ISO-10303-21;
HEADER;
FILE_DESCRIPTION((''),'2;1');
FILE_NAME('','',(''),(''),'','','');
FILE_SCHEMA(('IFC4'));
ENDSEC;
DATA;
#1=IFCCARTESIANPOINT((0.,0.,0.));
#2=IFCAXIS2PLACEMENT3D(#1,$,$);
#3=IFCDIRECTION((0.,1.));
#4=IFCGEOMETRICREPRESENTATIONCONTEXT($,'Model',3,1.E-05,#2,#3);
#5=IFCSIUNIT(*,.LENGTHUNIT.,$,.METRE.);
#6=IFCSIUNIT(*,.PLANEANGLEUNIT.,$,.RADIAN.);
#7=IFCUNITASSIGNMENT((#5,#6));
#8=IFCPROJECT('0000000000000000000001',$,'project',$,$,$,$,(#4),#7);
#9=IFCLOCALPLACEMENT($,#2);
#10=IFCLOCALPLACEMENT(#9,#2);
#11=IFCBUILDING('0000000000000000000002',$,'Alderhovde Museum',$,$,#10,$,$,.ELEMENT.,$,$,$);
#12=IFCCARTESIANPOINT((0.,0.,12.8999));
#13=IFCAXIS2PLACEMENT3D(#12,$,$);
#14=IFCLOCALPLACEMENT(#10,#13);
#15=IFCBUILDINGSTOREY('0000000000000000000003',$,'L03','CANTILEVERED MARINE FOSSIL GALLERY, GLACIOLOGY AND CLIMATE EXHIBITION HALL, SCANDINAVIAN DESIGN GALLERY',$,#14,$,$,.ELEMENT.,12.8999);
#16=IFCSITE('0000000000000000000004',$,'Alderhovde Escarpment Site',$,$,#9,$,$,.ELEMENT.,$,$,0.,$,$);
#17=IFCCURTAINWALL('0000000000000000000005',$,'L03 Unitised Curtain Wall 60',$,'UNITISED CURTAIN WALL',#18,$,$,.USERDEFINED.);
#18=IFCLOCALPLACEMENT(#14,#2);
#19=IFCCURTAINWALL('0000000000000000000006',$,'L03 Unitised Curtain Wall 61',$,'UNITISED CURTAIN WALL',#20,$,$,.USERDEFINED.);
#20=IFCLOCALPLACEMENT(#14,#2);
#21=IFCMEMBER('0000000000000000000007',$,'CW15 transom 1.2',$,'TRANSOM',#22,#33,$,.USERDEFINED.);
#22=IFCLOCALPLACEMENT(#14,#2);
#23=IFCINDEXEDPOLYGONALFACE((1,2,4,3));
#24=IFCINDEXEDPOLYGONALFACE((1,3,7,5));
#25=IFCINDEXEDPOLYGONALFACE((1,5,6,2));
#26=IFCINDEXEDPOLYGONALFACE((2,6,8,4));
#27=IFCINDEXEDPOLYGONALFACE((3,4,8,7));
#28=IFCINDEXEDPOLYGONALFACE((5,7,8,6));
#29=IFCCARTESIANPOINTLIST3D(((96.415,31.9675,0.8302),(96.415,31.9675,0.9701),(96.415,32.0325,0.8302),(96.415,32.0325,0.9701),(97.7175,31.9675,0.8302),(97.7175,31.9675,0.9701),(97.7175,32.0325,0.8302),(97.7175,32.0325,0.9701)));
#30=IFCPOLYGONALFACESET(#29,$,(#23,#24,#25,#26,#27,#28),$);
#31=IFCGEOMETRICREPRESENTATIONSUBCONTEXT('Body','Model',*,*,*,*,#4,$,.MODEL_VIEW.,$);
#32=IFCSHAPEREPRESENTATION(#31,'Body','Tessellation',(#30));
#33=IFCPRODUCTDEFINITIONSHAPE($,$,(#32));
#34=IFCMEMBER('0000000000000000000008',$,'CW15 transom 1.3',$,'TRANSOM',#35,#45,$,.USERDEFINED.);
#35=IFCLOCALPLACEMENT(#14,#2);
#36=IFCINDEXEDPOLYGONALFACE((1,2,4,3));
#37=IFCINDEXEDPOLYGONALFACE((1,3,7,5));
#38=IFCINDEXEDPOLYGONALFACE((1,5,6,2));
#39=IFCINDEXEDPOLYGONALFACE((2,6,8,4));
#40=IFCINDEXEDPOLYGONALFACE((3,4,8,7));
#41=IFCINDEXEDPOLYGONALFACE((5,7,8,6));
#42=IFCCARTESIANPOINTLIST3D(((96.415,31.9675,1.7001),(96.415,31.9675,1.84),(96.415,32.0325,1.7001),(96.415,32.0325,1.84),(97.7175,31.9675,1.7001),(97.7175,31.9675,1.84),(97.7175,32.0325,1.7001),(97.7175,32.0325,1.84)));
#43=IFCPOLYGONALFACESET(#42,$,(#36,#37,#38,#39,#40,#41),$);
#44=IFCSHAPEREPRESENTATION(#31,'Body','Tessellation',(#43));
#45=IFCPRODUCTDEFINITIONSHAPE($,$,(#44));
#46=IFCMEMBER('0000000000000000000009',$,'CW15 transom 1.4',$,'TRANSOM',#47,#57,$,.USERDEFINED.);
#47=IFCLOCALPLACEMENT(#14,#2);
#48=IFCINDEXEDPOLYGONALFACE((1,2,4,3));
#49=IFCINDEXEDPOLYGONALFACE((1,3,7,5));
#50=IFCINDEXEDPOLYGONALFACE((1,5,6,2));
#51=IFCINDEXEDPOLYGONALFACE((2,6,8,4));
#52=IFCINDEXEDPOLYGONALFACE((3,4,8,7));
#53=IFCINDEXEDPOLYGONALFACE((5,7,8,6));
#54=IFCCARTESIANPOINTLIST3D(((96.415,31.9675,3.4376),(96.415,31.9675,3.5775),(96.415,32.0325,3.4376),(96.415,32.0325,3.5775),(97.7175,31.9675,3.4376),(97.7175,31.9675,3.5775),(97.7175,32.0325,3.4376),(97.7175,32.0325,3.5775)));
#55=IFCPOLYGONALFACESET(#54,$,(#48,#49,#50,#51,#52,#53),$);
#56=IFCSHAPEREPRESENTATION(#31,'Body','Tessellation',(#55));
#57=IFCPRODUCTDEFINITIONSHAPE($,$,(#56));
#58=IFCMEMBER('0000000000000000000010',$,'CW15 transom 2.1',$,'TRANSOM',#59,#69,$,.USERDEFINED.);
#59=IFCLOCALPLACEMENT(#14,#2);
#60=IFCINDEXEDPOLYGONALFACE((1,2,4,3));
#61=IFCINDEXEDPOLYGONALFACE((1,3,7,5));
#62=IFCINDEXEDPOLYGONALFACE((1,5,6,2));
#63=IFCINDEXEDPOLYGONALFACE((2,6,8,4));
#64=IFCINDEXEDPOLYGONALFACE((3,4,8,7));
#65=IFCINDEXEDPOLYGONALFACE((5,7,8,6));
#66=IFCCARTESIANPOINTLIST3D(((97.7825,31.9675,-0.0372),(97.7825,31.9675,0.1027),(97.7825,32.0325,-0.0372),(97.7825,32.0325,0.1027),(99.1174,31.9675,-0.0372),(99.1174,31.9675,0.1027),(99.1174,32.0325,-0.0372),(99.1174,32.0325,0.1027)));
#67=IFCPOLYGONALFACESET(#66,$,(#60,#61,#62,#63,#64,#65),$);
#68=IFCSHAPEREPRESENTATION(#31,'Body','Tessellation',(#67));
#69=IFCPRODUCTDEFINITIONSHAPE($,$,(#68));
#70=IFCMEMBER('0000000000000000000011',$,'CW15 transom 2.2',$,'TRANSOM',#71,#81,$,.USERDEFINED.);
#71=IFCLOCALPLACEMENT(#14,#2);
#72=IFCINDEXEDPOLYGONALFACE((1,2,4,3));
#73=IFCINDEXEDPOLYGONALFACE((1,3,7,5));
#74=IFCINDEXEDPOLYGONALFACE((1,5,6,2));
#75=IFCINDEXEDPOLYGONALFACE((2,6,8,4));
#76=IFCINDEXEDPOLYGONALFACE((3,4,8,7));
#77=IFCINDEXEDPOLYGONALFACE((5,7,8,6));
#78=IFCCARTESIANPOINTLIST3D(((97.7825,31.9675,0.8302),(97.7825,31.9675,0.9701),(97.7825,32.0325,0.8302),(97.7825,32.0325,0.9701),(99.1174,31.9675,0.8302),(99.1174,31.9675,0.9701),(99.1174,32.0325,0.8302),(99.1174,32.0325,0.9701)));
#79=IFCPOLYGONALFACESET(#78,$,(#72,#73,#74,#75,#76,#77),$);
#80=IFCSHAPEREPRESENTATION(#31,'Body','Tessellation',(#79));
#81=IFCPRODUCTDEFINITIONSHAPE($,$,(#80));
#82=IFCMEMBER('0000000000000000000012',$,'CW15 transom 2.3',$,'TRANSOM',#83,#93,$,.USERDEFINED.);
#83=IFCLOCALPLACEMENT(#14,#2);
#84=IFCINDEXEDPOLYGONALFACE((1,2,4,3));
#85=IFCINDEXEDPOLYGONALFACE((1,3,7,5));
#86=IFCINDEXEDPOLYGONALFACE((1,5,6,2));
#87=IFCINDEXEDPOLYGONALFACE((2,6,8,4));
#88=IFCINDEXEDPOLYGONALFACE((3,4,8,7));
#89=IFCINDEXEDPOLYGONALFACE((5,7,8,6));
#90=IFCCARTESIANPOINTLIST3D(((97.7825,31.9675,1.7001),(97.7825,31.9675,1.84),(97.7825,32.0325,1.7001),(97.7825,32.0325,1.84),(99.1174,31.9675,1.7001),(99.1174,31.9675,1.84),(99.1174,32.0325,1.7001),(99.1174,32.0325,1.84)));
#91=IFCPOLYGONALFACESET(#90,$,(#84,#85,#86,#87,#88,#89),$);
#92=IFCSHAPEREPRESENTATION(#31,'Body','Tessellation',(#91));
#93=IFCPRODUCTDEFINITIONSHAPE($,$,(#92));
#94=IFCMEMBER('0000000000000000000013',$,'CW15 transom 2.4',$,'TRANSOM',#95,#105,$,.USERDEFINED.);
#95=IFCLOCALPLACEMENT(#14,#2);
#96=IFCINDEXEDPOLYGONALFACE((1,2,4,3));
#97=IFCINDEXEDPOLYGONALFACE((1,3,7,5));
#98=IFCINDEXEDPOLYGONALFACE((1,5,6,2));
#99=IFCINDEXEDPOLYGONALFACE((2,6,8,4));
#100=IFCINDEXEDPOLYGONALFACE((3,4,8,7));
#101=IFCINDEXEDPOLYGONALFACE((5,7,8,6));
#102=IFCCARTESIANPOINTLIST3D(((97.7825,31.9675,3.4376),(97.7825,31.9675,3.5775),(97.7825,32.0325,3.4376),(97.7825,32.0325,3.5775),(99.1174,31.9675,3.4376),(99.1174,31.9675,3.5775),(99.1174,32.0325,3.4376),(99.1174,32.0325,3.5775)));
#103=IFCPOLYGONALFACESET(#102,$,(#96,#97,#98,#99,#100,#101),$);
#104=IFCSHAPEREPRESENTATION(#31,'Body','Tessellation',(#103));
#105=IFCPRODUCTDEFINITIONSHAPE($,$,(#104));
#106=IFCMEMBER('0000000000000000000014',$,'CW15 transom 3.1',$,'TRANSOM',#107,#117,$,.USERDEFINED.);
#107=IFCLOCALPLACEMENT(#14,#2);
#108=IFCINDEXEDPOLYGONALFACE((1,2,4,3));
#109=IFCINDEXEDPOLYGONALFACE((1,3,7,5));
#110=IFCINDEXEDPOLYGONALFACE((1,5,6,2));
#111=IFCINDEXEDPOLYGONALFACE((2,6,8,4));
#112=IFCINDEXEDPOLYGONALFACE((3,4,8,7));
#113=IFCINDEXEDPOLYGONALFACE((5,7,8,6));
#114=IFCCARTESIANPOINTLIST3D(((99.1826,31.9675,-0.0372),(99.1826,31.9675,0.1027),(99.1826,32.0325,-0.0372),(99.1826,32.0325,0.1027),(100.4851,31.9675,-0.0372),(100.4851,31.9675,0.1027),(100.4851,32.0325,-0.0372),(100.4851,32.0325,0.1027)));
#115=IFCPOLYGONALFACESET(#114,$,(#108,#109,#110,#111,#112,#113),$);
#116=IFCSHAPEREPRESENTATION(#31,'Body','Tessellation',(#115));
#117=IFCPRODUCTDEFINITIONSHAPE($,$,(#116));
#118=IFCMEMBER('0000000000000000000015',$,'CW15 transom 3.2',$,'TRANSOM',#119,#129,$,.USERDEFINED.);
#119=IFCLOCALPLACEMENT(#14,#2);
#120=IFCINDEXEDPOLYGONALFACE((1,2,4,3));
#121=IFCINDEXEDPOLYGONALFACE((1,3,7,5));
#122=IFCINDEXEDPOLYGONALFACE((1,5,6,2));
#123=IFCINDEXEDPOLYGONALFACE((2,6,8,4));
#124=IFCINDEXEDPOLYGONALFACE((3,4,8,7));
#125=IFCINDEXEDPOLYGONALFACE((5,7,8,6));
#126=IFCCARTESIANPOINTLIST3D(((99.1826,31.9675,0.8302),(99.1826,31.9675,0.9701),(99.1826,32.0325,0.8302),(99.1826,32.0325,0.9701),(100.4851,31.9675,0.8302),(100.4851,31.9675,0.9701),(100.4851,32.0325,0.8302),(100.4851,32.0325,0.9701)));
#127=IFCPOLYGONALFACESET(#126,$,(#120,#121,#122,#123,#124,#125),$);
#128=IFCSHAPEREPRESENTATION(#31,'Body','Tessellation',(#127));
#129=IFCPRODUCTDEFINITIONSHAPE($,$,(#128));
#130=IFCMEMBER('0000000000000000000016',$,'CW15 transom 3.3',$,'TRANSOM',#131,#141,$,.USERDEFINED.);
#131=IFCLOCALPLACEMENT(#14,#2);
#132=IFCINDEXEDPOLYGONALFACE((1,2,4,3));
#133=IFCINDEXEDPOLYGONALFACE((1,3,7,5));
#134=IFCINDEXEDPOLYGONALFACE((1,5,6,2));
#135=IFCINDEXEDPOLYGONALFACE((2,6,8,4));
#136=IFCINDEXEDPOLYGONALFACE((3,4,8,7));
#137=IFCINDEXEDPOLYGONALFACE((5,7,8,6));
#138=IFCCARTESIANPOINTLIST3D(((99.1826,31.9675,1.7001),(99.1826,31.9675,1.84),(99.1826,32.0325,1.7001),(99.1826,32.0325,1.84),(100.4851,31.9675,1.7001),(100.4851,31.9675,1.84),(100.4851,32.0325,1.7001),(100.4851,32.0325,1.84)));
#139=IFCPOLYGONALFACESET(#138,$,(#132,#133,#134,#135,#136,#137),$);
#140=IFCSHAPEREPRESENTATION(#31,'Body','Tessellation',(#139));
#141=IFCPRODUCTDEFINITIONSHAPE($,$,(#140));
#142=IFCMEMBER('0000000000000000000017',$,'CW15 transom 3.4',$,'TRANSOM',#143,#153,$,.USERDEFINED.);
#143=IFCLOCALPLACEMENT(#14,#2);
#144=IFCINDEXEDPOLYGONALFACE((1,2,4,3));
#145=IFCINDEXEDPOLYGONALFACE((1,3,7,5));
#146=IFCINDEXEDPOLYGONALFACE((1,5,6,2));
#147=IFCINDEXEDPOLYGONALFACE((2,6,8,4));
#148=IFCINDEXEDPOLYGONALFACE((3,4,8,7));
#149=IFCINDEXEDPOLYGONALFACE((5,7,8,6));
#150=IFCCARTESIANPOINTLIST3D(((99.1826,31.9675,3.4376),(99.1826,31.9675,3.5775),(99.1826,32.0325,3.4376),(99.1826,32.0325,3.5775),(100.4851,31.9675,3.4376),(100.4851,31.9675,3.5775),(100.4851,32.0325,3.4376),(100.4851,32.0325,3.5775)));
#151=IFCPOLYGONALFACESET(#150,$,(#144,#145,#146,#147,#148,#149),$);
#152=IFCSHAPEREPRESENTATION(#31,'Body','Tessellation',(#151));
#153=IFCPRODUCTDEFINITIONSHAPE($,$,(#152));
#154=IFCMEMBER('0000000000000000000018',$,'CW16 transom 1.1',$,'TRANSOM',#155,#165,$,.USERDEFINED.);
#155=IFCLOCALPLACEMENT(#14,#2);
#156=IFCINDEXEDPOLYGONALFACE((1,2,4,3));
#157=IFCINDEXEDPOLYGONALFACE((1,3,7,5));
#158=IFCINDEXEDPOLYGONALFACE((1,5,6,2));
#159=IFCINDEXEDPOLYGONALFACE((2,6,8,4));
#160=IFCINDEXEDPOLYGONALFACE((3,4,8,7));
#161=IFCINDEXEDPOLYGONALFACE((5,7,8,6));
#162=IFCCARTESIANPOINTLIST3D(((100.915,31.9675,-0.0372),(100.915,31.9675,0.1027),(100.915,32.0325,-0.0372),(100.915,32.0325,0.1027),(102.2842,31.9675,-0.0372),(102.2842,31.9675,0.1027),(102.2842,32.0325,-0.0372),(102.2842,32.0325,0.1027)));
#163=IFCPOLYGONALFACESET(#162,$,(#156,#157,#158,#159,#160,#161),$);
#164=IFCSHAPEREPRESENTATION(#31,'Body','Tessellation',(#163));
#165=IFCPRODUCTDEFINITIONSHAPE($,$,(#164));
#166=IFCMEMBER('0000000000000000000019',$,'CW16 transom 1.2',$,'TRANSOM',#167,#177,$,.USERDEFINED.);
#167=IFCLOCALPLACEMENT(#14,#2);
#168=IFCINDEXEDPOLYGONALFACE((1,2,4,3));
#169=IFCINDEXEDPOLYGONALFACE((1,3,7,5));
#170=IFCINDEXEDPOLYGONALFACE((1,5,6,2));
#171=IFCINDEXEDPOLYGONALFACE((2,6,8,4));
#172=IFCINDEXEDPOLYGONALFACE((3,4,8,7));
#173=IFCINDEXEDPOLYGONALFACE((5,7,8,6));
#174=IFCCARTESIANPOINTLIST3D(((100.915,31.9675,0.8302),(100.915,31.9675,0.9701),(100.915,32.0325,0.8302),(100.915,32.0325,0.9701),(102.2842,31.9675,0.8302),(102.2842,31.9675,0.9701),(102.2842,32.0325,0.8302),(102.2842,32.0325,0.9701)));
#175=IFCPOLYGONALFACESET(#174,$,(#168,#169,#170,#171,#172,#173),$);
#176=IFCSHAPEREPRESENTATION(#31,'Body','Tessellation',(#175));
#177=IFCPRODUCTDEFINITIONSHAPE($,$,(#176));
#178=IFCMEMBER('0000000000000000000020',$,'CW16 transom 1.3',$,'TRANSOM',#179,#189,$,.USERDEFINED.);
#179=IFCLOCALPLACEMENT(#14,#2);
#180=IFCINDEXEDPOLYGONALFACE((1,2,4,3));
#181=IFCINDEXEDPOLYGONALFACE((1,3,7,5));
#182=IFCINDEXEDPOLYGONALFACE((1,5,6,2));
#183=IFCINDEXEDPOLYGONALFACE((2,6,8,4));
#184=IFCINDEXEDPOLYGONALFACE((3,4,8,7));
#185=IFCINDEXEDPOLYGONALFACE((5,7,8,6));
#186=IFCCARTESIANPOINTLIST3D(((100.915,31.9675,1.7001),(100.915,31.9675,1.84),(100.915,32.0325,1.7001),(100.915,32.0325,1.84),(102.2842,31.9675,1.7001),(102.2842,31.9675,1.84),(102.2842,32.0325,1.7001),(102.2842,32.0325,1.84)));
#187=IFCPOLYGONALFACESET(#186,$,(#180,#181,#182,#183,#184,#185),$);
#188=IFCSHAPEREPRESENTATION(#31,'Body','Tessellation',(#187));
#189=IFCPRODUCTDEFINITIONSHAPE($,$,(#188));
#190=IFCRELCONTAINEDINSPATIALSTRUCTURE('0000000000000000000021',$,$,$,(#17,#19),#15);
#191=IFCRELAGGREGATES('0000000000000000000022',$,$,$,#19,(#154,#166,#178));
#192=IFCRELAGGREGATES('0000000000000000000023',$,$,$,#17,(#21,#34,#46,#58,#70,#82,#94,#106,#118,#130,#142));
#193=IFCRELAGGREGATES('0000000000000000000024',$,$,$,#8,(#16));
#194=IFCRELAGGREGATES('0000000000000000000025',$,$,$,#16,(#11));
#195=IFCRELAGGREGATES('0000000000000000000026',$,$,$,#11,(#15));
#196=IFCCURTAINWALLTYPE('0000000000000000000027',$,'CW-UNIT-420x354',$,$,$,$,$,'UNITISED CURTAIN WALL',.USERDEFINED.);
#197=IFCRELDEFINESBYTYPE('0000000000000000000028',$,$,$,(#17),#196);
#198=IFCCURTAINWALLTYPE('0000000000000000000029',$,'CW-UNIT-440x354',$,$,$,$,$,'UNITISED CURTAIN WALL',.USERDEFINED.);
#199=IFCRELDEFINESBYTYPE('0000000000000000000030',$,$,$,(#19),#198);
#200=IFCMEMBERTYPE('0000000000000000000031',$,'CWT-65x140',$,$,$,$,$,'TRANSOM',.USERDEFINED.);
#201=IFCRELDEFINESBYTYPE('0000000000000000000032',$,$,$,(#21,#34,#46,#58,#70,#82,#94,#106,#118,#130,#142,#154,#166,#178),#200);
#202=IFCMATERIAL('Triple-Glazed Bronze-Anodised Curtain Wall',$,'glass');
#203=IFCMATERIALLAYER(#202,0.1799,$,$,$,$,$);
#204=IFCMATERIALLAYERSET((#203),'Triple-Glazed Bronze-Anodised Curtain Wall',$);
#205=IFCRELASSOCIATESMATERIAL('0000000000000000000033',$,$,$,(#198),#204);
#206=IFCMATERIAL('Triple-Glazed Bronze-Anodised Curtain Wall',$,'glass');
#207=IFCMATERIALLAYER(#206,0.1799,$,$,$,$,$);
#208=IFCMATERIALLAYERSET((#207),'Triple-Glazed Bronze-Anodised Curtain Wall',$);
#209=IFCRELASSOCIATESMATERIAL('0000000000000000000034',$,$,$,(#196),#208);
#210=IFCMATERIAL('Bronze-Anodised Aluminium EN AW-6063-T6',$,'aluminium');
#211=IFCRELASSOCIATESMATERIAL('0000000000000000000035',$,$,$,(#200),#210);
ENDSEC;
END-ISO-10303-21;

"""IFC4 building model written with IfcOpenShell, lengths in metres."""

from ifc_helpers import new_model, si_unit, direction, frame, origin, origin_2d, place, context, subcontext, project, spatial, rectangle, extrude, material, layer, layer_set, material_profile, profile_set, type_object, element, aggregate, save


model = new_model("IFC4")

# Units and contexts
model_context = context("Model", 3, precision=1e-05, world=origin(), true_north=direction((0.0, 1.0)))
body_context = subcontext(model_context, "Body", "Model", "MODEL_VIEW")
ifc_project = project(units=[si_unit("LENGTHUNIT", "METRE"), si_unit("PLANEANGLEUNIT", "RADIAN")], contexts=[model_context])

# Site, building, storey
site_placement = place(None, origin())
site = spatial("IfcSite", under=ifc_project, at=site_placement, Name="Alderhovde Escarpment Site", CompositionType="ELEMENT", RefElevation=0.0)
building_placement = place(site_placement, origin())
building = spatial("IfcBuilding", under=site, at=building_placement, Name="Alderhovde Museum", CompositionType="ELEMENT")
storey_placement = place(building_placement, frame((0.0, 0.0, 12.8999)))
storey = spatial("IfcBuildingStorey", under=building, at=storey_placement, Name="L03", Description="CANTILEVERED MARINE FOSSIL GALLERY, GLACIOLOGY AND CLIMATE EXHIBITION HALL, SCANDINAVIAN DESIGN GALLERY", CompositionType="ELEMENT", Elevation=12.8999)

# Shared definitions
ifc_material_1 = material(Name="Triple-Glazed Bronze-Anodised Curtain Wall", Category="glass")
ifc_layer_1 = layer(ifc_material_1, 0.1799)
ifc_layer_set_1 = layer_set([ifc_layer_1], Name="Triple-Glazed Bronze-Anodised Curtain Wall")
curtain_wall_type_1 = type_object("IfcCurtainWallType", Name="CW-UNIT-440x354", ElementType="UNITISED CURTAIN WALL", PredefinedType="USERDEFINED", material=ifc_layer_set_1)

# Curtain wall
ifc_material_2 = material(Name="Triple-Glazed Bronze-Anodised Curtain Wall", Category="glass")
ifc_layer_2 = layer(ifc_material_2, 0.1799)
ifc_layer_set_2 = layer_set([ifc_layer_2], Name="Triple-Glazed Bronze-Anodised Curtain Wall")
curtain_wall_type_2 = type_object("IfcCurtainWallType", Name="CW-UNIT-420x354", ElementType="UNITISED CURTAIN WALL", PredefinedType="USERDEFINED", material=ifc_layer_set_2)
curtain_wall_1_placement = place(storey_placement, origin())
curtain_wall_1 = element("IfcCurtainWall", 1, at=curtain_wall_1_placement, inside=storey, type_object=curtain_wall_type_2, Name="L03 Unitised Curtain Wall 60", ObjectType="UNITISED CURTAIN WALL", PredefinedType="USERDEFINED")

# Curtain wall
curtain_wall_2_placement = place(storey_placement, origin())
curtain_wall_2 = element("IfcCurtainWall", 2, at=curtain_wall_2_placement, inside=storey, type_object=curtain_wall_type_1, Name="L03 Unitised Curtain Wall 61", ObjectType="UNITISED CURTAIN WALL", PredefinedType="USERDEFINED")

# Members
ifc_material_3 = material(Name="Bronze-Anodised Aluminium EN AW-6063-T6", Category="aluminium")
ifc_material_profile_1 = material_profile(ifc_material_3, rectangle(XDim=0.0649, YDim=0.1399, at=origin_2d()), Name="TRANSOM 65x140")
ifc_profile_set_1 = profile_set([ifc_material_profile_1], Name="Bronze-Anodised Aluminium EN AW-6063-T6")
member_type_1 = type_object("IfcMemberType", Name="CWT-65x140", ElementType="TRANSOM", PredefinedType="USERDEFINED", material=ifc_profile_set_1)
member_1_placement = place(storey_placement, frame((96.415, 32.0, 0.9001), z_axis=(1.0, 0.0, 0.0), x_axis=(0.0, 1.0, 0.0)))
member_1 = element("IfcMember", 3, at=member_1_placement, type_object=member_type_1, Name="CW15 transom 1.2", ObjectType="TRANSOM", PredefinedType="USERDEFINED", context=body_context, shape_type="SweptSolid", body=[
    extrude(rectangle(XDim=0.0649, YDim=0.1399, at=origin_2d()), origin(), (0.0, 0.0, 1.0), 1.3025),
])
member_2_placement = place(storey_placement, frame((96.415, 32.0, 1.77), z_axis=(1.0, 0.0, 0.0), x_axis=(0.0, 1.0, 0.0)))
member_2 = element("IfcMember", 4, at=member_2_placement, type_object=member_type_1, Name="CW15 transom 1.3", ObjectType="TRANSOM", PredefinedType="USERDEFINED", context=body_context, shape_type="SweptSolid", body=[
    extrude(rectangle(XDim=0.0649, YDim=0.1399, at=origin_2d()), origin(), (0.0, 0.0, 1.0), 1.3025),
])
member_3_placement = place(storey_placement, frame((96.415, 32.0, 3.5076), z_axis=(1.0, 0.0, 0.0), x_axis=(0.0, 1.0, 0.0)))
member_3 = element("IfcMember", 5, at=member_3_placement, type_object=member_type_1, Name="CW15 transom 1.4", ObjectType="TRANSOM", PredefinedType="USERDEFINED", context=body_context, shape_type="SweptSolid", body=[
    extrude(rectangle(XDim=0.0649, YDim=0.1399, at=origin_2d()), origin(), (0.0, 0.0, 1.0), 1.3025),
])
member_4_placement = place(storey_placement, frame((97.7825, 32.0, 0.0327), z_axis=(1.0, 0.0, 0.0), x_axis=(0.0, 1.0, 0.0)))
member_4 = element("IfcMember", 6, at=member_4_placement, type_object=member_type_1, Name="CW15 transom 2.1", ObjectType="TRANSOM", PredefinedType="USERDEFINED", context=body_context, shape_type="SweptSolid", body=[
    extrude(rectangle(XDim=0.0649, YDim=0.1399, at=origin_2d()), origin(), (0.0, 0.0, 1.0), 1.335),
])
member_5_placement = place(storey_placement, frame((97.7825, 32.0, 0.9001), z_axis=(1.0, 0.0, 0.0), x_axis=(0.0, 1.0, 0.0)))
member_5 = element("IfcMember", 7, at=member_5_placement, type_object=member_type_1, Name="CW15 transom 2.2", ObjectType="TRANSOM", PredefinedType="USERDEFINED", context=body_context, shape_type="SweptSolid", body=[
    extrude(rectangle(XDim=0.0649, YDim=0.1399, at=origin_2d()), origin(), (0.0, 0.0, 1.0), 1.335),
])
member_6_placement = place(storey_placement, frame((97.7825, 32.0, 1.77), z_axis=(1.0, 0.0, 0.0), x_axis=(0.0, 1.0, 0.0)))
member_6 = element("IfcMember", 8, at=member_6_placement, type_object=member_type_1, Name="CW15 transom 2.3", ObjectType="TRANSOM", PredefinedType="USERDEFINED", context=body_context, shape_type="SweptSolid", body=[
    extrude(rectangle(XDim=0.0649, YDim=0.1399, at=origin_2d()), origin(), (0.0, 0.0, 1.0), 1.335),
])
member_7_placement = place(storey_placement, frame((97.7825, 32.0, 3.5076), z_axis=(1.0, 0.0, 0.0), x_axis=(0.0, 1.0, 0.0)))
member_7 = element("IfcMember", 9, at=member_7_placement, type_object=member_type_1, Name="CW15 transom 2.4", ObjectType="TRANSOM", PredefinedType="USERDEFINED", context=body_context, shape_type="SweptSolid", body=[
    extrude(rectangle(XDim=0.0649, YDim=0.1399, at=origin_2d()), origin(), (0.0, 0.0, 1.0), 1.335),
])
member_8_placement = place(storey_placement, frame((99.1826, 32.0, 0.0327), z_axis=(1.0, 0.0, 0.0), x_axis=(0.0, 1.0, 0.0)))
member_8 = element("IfcMember", 10, at=member_8_placement, type_object=member_type_1, Name="CW15 transom 3.1", ObjectType="TRANSOM", PredefinedType="USERDEFINED", context=body_context, shape_type="SweptSolid", body=[
    extrude(rectangle(XDim=0.0649, YDim=0.1399, at=origin_2d()), origin(), (0.0, 0.0, 1.0), 1.3025),
])
member_9_placement = place(storey_placement, frame((99.1826, 32.0, 0.9001), z_axis=(1.0, 0.0, 0.0), x_axis=(0.0, 1.0, 0.0)))
member_9 = element("IfcMember", 11, at=member_9_placement, type_object=member_type_1, Name="CW15 transom 3.2", ObjectType="TRANSOM", PredefinedType="USERDEFINED", context=body_context, shape_type="SweptSolid", body=[
    extrude(rectangle(XDim=0.0649, YDim=0.1399, at=origin_2d()), origin(), (0.0, 0.0, 1.0), 1.3025),
])
member_10_placement = place(storey_placement, frame((99.1826, 32.0, 1.77), z_axis=(1.0, 0.0, 0.0), x_axis=(0.0, 1.0, 0.0)))
member_10 = element("IfcMember", 12, at=member_10_placement, type_object=member_type_1, Name="CW15 transom 3.3", ObjectType="TRANSOM", PredefinedType="USERDEFINED", context=body_context, shape_type="SweptSolid", body=[
    extrude(rectangle(XDim=0.0649, YDim=0.1399, at=origin_2d()), origin(), (0.0, 0.0, 1.0), 1.3025),
])
member_11_placement = place(storey_placement, frame((99.1826, 32.0, 3.5076), z_axis=(1.0, 0.0, 0.0), x_axis=(0.0, 1.0, 0.0)))
member_11 = element("IfcMember", 13, at=member_11_placement, type_object=member_type_1, Name="CW15 transom 3.4", ObjectType="TRANSOM", PredefinedType="USERDEFINED", context=body_context, shape_type="SweptSolid", body=[
    extrude(rectangle(XDim=0.0649, YDim=0.1399, at=origin_2d()), origin(), (0.0, 0.0, 1.0), 1.3025),
])
member_12_placement = place(storey_placement, frame((100.915, 32.0, 0.0327), z_axis=(1.0, 0.0, 0.0), x_axis=(0.0, 1.0, 0.0)))
member_12 = element("IfcMember", 14, at=member_12_placement, type_object=member_type_1, Name="CW16 transom 1.1", ObjectType="TRANSOM", PredefinedType="USERDEFINED", context=body_context, shape_type="SweptSolid", body=[
    extrude(rectangle(XDim=0.0649, YDim=0.1399, at=origin_2d()), origin(), (0.0, 0.0, 1.0), 1.3691),
])
member_13_placement = place(storey_placement, frame((100.915, 32.0, 0.9001), z_axis=(1.0, 0.0, 0.0), x_axis=(0.0, 1.0, 0.0)))
member_13 = element("IfcMember", 15, at=member_13_placement, type_object=member_type_1, Name="CW16 transom 1.2", ObjectType="TRANSOM", PredefinedType="USERDEFINED", context=body_context, shape_type="SweptSolid", body=[
    extrude(rectangle(XDim=0.0649, YDim=0.1399, at=origin_2d()), origin(), (0.0, 0.0, 1.0), 1.3691),
])
member_14_placement = place(storey_placement, frame((100.915, 32.0, 1.77), z_axis=(1.0, 0.0, 0.0), x_axis=(0.0, 1.0, 0.0)))
member_14 = element("IfcMember", 16, at=member_14_placement, type_object=member_type_1, Name="CW16 transom 1.3", ObjectType="TRANSOM", PredefinedType="USERDEFINED", context=body_context, shape_type="SweptSolid", body=[
    extrude(rectangle(XDim=0.0649, YDim=0.1399, at=origin_2d()), origin(), (0.0, 0.0, 1.0), 1.3691),
])
aggregate(curtain_wall_2, [member_12, member_13, member_14])

aggregate(curtain_wall_1, [member_1, member_2, member_3, member_4, member_5, member_6, member_7, member_8, member_9, member_10, member_11])

save(model, "model.ifc")
